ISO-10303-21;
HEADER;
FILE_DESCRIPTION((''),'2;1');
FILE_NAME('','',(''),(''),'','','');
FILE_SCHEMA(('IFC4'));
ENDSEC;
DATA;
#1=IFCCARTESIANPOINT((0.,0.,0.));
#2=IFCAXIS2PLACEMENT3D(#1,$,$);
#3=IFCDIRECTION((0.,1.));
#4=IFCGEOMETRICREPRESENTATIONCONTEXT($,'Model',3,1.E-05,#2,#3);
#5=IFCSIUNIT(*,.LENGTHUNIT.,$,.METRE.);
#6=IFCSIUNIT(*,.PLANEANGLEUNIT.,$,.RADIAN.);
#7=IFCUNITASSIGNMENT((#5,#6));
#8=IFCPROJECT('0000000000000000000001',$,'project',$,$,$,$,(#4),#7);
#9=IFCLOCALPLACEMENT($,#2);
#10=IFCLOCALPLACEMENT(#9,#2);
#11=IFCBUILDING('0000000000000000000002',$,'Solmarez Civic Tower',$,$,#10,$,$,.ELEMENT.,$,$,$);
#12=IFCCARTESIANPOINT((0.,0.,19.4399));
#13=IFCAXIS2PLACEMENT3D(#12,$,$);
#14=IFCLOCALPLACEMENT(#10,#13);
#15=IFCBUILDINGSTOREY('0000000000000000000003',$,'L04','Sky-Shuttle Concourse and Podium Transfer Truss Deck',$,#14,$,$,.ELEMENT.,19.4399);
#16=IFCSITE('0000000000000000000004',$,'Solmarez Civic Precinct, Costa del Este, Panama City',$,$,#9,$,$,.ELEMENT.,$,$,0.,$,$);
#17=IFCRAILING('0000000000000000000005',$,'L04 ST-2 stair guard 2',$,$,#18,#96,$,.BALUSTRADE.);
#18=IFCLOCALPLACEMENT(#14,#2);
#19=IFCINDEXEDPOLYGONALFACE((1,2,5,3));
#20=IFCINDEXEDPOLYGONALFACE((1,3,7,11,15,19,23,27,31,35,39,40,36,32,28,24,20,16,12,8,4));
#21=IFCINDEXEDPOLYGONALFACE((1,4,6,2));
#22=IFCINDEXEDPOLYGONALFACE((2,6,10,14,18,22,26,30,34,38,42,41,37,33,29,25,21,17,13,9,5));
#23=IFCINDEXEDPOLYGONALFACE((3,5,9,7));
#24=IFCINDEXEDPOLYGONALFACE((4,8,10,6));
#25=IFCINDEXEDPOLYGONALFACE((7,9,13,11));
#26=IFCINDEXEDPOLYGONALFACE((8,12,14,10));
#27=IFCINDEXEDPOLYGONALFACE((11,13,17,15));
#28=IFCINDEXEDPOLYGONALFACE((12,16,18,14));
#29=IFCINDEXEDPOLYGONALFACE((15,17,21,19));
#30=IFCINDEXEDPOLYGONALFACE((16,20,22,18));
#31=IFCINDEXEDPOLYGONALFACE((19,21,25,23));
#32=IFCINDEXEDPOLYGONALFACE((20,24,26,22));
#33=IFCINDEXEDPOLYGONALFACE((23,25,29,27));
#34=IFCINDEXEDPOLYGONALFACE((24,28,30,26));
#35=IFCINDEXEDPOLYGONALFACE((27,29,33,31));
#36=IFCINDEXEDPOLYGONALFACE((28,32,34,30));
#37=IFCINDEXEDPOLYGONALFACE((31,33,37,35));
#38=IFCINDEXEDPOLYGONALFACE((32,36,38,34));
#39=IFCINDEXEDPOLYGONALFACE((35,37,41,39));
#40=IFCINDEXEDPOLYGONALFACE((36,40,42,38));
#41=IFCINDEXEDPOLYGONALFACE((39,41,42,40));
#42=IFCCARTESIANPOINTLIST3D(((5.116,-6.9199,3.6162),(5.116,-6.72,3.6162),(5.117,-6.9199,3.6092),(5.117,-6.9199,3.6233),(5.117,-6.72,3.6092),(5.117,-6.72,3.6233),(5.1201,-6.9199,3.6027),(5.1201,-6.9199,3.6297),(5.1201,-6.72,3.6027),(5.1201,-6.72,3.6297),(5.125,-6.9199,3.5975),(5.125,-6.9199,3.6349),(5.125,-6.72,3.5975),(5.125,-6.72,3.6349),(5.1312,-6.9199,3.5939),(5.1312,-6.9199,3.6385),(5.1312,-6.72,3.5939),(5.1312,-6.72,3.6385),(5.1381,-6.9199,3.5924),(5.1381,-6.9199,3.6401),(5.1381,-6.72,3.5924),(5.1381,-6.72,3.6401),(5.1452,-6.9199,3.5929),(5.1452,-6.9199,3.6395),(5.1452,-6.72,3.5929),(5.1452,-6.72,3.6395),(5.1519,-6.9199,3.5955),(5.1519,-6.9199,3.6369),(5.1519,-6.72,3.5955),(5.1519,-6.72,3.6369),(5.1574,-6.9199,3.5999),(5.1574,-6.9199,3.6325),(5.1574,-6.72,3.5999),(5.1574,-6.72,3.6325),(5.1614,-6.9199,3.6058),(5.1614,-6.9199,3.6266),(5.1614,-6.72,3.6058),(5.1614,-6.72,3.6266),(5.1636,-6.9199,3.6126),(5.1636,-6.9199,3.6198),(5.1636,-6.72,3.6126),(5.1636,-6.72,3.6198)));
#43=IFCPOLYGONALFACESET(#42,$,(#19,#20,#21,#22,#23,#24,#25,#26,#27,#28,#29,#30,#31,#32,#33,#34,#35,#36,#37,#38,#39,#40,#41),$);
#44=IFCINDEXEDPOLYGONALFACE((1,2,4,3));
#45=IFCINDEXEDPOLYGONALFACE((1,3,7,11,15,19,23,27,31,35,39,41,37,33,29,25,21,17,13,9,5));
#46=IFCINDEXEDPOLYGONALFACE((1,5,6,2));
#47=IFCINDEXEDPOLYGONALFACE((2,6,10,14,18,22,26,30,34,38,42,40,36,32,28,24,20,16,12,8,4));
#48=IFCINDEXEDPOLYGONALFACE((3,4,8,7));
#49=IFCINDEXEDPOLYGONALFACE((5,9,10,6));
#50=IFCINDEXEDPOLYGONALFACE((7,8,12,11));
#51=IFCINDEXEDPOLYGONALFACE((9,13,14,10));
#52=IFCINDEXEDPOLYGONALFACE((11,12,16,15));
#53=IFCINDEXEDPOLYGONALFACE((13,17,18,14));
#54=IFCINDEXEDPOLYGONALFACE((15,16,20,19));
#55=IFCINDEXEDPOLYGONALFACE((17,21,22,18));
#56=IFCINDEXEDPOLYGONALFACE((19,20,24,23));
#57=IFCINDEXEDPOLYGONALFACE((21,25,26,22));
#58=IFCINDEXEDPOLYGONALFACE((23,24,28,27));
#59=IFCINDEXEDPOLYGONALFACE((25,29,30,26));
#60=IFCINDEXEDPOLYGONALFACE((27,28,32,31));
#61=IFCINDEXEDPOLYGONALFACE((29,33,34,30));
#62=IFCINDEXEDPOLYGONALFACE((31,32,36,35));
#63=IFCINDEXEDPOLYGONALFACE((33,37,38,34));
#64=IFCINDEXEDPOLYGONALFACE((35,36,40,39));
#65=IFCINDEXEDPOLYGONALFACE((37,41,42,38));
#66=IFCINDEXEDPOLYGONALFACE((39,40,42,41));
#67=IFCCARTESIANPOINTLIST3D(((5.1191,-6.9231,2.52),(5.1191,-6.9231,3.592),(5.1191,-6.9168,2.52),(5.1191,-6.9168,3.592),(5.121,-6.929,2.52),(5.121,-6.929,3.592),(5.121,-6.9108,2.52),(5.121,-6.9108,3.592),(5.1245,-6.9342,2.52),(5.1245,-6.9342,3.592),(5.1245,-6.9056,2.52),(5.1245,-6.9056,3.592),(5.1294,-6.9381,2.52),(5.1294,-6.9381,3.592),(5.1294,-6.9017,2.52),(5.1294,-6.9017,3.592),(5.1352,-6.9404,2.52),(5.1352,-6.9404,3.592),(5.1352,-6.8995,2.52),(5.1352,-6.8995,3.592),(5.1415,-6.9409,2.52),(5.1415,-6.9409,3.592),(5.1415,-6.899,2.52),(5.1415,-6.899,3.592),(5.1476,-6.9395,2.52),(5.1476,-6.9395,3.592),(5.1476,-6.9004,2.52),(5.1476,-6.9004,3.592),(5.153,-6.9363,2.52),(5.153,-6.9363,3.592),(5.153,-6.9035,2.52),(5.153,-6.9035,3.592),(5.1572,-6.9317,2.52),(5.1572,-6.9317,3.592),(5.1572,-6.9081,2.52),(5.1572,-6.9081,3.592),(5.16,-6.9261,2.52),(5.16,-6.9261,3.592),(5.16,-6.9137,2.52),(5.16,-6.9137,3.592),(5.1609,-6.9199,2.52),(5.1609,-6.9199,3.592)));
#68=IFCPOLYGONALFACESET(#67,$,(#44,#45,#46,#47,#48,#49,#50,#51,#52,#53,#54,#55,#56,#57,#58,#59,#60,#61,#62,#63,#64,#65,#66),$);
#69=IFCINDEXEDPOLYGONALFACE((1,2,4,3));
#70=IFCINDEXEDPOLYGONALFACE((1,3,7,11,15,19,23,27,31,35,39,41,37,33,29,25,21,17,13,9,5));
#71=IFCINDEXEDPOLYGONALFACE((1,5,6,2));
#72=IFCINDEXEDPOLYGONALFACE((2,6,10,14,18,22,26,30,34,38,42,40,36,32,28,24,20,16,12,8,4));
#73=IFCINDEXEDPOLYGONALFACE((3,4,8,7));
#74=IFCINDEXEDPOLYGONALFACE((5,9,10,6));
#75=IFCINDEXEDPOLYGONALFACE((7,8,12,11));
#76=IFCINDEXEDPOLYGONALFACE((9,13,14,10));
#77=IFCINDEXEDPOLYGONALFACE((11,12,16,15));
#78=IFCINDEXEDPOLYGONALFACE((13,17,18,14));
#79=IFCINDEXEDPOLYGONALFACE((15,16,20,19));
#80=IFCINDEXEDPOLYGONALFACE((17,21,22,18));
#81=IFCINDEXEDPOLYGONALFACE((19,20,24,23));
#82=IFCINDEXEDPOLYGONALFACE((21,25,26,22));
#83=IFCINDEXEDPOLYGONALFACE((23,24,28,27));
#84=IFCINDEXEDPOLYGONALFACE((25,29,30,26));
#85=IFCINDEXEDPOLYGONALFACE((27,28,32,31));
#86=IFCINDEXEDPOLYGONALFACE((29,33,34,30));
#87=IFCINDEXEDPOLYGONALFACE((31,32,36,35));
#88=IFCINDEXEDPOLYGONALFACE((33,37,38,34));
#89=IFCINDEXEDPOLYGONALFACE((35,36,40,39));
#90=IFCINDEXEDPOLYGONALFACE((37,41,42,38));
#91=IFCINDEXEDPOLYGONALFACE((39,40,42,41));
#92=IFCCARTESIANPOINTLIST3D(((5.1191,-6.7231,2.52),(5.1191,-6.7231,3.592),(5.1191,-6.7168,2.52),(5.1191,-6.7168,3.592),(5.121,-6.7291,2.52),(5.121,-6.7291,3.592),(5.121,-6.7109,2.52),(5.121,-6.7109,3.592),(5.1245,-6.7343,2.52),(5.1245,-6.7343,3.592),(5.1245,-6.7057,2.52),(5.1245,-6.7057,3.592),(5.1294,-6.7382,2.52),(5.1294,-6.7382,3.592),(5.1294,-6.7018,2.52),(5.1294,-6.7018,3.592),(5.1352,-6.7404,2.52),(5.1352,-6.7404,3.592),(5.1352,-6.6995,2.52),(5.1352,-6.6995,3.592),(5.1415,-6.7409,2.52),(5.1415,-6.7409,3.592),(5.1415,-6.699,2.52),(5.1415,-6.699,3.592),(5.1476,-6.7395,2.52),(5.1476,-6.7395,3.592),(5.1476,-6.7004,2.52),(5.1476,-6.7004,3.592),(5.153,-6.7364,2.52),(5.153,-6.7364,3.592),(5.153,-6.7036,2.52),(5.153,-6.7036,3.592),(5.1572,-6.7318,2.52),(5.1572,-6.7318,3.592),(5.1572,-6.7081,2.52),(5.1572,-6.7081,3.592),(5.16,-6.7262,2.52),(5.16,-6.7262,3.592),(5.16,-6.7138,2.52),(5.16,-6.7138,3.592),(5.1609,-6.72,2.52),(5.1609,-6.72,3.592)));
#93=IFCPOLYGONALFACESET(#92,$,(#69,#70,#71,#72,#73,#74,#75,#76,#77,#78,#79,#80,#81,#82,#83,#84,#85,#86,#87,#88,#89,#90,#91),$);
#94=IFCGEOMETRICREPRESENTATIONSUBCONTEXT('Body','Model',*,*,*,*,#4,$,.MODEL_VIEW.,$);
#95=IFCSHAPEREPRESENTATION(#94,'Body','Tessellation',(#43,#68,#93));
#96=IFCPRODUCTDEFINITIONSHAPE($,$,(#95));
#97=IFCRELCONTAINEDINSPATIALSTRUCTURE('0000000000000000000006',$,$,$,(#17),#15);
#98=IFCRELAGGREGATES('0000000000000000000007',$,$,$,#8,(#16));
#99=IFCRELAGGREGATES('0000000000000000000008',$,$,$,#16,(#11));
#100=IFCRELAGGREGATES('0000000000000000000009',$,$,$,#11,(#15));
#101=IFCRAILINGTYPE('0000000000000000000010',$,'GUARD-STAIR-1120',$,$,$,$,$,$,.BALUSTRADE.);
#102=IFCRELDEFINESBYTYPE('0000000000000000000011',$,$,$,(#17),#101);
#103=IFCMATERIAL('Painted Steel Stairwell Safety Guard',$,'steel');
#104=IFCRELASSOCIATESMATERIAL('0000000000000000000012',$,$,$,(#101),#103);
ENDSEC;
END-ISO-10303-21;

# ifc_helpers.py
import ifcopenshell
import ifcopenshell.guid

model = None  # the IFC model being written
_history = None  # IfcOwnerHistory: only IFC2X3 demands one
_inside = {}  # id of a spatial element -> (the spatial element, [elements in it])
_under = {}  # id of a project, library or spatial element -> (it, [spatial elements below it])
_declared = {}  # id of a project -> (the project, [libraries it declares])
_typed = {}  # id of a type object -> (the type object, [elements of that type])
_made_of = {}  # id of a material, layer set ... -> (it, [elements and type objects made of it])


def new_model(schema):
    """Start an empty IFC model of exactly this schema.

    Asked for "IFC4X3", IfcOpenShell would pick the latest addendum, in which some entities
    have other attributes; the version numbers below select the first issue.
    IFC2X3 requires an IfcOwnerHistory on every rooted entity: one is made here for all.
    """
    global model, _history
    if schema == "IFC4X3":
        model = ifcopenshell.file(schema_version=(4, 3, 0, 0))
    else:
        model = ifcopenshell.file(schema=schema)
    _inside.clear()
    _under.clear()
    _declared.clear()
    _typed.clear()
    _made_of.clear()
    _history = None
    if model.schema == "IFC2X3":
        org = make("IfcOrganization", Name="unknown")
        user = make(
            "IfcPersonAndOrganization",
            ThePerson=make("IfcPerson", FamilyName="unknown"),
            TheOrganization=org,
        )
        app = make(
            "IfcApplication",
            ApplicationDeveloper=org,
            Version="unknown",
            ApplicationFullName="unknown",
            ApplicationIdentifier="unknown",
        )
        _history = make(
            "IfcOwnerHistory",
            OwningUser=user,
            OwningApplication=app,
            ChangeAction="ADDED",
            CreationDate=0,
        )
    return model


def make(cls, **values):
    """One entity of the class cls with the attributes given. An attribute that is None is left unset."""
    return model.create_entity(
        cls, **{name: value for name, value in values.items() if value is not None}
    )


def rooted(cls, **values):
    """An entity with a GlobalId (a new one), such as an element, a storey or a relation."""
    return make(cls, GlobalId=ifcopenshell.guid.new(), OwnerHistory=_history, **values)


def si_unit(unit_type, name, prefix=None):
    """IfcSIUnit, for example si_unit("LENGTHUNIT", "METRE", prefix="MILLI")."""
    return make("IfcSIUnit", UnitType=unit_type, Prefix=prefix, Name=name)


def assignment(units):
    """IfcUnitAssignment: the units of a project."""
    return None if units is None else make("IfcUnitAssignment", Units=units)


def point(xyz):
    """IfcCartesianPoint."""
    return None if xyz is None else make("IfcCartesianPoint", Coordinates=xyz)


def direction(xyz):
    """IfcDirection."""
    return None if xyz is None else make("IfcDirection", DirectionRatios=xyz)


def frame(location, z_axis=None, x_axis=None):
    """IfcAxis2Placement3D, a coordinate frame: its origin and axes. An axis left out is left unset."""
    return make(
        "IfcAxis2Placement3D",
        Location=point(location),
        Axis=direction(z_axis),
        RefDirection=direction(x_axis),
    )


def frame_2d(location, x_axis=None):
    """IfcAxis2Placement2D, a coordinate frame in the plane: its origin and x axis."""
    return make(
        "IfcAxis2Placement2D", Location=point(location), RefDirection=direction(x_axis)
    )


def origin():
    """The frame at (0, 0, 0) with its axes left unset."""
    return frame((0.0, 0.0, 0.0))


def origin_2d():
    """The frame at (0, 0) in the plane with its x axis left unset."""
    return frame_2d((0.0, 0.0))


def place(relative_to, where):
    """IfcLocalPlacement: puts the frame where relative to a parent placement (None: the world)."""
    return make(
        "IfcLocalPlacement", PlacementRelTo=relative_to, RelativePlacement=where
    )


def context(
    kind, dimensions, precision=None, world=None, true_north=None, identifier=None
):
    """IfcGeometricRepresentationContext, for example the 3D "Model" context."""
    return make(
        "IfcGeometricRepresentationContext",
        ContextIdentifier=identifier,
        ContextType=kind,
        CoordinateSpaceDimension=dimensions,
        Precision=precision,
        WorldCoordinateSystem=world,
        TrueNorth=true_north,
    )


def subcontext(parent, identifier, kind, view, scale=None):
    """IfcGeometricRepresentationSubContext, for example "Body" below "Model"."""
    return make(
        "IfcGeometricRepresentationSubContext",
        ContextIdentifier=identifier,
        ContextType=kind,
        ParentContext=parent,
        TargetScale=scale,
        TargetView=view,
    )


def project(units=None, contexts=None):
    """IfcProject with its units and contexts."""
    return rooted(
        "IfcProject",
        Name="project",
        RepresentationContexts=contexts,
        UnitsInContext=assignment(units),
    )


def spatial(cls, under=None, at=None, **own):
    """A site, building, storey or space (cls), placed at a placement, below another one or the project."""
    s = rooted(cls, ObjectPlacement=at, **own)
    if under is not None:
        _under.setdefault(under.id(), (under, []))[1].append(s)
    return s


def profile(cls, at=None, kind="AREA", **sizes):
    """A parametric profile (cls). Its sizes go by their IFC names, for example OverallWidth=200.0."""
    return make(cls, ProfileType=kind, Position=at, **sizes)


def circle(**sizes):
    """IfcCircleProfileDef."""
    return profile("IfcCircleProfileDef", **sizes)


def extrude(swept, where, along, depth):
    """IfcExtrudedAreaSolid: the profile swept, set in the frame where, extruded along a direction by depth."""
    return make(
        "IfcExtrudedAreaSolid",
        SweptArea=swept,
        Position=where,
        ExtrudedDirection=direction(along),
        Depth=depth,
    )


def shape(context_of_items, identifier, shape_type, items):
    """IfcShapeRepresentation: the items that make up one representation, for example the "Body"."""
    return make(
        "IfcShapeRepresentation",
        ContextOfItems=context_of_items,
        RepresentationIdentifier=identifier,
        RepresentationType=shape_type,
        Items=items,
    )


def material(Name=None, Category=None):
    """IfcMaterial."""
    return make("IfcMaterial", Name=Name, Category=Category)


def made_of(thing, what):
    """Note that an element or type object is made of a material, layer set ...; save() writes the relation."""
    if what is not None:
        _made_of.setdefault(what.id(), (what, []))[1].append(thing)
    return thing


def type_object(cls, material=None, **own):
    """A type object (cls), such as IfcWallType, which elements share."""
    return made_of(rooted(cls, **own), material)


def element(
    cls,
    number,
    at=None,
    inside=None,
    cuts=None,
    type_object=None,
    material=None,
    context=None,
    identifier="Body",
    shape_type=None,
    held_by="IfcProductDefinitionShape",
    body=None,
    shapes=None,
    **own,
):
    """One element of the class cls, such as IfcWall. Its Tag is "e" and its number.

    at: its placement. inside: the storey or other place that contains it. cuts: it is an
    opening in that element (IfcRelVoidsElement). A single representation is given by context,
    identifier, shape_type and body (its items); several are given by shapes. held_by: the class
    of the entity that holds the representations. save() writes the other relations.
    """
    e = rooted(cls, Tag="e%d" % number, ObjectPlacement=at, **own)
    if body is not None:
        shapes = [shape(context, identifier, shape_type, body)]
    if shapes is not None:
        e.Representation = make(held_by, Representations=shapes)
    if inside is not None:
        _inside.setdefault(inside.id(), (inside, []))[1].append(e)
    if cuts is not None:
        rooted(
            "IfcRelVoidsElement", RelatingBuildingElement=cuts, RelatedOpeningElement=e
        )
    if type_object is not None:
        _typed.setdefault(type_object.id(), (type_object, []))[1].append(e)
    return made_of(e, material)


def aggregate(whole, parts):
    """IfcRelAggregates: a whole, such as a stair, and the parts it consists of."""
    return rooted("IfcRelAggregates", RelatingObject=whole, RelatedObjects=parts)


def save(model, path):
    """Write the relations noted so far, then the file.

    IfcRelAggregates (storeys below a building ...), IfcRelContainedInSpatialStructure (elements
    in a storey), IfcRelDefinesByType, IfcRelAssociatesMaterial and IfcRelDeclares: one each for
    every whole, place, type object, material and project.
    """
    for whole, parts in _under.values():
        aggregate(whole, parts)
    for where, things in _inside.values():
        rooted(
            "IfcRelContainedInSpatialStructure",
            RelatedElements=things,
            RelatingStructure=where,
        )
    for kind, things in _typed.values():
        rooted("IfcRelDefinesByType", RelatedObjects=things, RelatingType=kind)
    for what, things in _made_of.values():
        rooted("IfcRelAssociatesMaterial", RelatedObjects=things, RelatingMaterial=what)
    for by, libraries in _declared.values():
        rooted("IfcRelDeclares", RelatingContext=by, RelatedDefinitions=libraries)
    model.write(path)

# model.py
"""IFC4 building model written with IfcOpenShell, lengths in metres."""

from ifc_helpers import new_model, si_unit, direction, frame, origin, origin_2d, place, context, subcontext, project, spatial, circle, extrude, material, type_object, element, save


model = new_model("IFC4")

# Units and contexts
model_context = context("Model", 3, precision=1e-05, world=origin(), true_north=direction((0.0, 1.0)))
body_context = subcontext(model_context, "Body", "Model", "MODEL_VIEW")
ifc_project = project(units=[si_unit("LENGTHUNIT", "METRE"), si_unit("PLANEANGLEUNIT", "RADIAN")], contexts=[model_context])

# Site, building, storey
site_placement = place(None, origin())
site = spatial("IfcSite", under=ifc_project, at=site_placement, Name="Solmarez Civic Precinct, Costa del Este, Panama City", CompositionType="ELEMENT", RefElevation=0.0)
building_placement = place(site_placement, origin())
building = spatial("IfcBuilding", under=site, at=building_placement, Name="Solmarez Civic Tower", CompositionType="ELEMENT")
storey_placement = place(building_placement, frame((0.0, 0.0, 19.4399)))
storey = spatial("IfcBuildingStorey", under=building, at=storey_placement, Name="L04", Description="Sky-Shuttle Concourse and Podium Transfer Truss Deck", CompositionType="ELEMENT", Elevation=19.4399)

# Railing
ifc_material_1 = material(Name="Painted Steel Stairwell Safety Guard", Category="steel")
railing_type_1 = type_object("IfcRailingType", Name="GUARD-STAIR-1120", PredefinedType="BALUSTRADE", material=ifc_material_1)
railing_1_placement = place(storey_placement, frame((5.1399, -6.9199, 2.52)))
element("IfcRailing", 1, at=railing_1_placement, inside=storey, type_object=railing_type_1, Name="L04 ST-2 stair guard 2", PredefinedType="BALUSTRADE", context=body_context, shape_type="SweptSolid", body=[
    extrude(circle(Radius=0.0239, at=origin_2d()), frame((0.0, 0.0, 1.0962), z_axis=(0.0, 1.0, 0.0), x_axis=(-1.0, 0.0, 0.0)), (0.0, 0.0, 1.0), 0.2),
    extrude(circle(Radius=0.021, at=origin_2d()), origin(), (0.0, 0.0, 1.0), 1.072),
    extrude(circle(Radius=0.021, at=origin_2d()), frame((0.0, 0.2, 0.0)), (0.0, 0.0, 1.0), 1.072),
])

save(model, "model.ifc")
